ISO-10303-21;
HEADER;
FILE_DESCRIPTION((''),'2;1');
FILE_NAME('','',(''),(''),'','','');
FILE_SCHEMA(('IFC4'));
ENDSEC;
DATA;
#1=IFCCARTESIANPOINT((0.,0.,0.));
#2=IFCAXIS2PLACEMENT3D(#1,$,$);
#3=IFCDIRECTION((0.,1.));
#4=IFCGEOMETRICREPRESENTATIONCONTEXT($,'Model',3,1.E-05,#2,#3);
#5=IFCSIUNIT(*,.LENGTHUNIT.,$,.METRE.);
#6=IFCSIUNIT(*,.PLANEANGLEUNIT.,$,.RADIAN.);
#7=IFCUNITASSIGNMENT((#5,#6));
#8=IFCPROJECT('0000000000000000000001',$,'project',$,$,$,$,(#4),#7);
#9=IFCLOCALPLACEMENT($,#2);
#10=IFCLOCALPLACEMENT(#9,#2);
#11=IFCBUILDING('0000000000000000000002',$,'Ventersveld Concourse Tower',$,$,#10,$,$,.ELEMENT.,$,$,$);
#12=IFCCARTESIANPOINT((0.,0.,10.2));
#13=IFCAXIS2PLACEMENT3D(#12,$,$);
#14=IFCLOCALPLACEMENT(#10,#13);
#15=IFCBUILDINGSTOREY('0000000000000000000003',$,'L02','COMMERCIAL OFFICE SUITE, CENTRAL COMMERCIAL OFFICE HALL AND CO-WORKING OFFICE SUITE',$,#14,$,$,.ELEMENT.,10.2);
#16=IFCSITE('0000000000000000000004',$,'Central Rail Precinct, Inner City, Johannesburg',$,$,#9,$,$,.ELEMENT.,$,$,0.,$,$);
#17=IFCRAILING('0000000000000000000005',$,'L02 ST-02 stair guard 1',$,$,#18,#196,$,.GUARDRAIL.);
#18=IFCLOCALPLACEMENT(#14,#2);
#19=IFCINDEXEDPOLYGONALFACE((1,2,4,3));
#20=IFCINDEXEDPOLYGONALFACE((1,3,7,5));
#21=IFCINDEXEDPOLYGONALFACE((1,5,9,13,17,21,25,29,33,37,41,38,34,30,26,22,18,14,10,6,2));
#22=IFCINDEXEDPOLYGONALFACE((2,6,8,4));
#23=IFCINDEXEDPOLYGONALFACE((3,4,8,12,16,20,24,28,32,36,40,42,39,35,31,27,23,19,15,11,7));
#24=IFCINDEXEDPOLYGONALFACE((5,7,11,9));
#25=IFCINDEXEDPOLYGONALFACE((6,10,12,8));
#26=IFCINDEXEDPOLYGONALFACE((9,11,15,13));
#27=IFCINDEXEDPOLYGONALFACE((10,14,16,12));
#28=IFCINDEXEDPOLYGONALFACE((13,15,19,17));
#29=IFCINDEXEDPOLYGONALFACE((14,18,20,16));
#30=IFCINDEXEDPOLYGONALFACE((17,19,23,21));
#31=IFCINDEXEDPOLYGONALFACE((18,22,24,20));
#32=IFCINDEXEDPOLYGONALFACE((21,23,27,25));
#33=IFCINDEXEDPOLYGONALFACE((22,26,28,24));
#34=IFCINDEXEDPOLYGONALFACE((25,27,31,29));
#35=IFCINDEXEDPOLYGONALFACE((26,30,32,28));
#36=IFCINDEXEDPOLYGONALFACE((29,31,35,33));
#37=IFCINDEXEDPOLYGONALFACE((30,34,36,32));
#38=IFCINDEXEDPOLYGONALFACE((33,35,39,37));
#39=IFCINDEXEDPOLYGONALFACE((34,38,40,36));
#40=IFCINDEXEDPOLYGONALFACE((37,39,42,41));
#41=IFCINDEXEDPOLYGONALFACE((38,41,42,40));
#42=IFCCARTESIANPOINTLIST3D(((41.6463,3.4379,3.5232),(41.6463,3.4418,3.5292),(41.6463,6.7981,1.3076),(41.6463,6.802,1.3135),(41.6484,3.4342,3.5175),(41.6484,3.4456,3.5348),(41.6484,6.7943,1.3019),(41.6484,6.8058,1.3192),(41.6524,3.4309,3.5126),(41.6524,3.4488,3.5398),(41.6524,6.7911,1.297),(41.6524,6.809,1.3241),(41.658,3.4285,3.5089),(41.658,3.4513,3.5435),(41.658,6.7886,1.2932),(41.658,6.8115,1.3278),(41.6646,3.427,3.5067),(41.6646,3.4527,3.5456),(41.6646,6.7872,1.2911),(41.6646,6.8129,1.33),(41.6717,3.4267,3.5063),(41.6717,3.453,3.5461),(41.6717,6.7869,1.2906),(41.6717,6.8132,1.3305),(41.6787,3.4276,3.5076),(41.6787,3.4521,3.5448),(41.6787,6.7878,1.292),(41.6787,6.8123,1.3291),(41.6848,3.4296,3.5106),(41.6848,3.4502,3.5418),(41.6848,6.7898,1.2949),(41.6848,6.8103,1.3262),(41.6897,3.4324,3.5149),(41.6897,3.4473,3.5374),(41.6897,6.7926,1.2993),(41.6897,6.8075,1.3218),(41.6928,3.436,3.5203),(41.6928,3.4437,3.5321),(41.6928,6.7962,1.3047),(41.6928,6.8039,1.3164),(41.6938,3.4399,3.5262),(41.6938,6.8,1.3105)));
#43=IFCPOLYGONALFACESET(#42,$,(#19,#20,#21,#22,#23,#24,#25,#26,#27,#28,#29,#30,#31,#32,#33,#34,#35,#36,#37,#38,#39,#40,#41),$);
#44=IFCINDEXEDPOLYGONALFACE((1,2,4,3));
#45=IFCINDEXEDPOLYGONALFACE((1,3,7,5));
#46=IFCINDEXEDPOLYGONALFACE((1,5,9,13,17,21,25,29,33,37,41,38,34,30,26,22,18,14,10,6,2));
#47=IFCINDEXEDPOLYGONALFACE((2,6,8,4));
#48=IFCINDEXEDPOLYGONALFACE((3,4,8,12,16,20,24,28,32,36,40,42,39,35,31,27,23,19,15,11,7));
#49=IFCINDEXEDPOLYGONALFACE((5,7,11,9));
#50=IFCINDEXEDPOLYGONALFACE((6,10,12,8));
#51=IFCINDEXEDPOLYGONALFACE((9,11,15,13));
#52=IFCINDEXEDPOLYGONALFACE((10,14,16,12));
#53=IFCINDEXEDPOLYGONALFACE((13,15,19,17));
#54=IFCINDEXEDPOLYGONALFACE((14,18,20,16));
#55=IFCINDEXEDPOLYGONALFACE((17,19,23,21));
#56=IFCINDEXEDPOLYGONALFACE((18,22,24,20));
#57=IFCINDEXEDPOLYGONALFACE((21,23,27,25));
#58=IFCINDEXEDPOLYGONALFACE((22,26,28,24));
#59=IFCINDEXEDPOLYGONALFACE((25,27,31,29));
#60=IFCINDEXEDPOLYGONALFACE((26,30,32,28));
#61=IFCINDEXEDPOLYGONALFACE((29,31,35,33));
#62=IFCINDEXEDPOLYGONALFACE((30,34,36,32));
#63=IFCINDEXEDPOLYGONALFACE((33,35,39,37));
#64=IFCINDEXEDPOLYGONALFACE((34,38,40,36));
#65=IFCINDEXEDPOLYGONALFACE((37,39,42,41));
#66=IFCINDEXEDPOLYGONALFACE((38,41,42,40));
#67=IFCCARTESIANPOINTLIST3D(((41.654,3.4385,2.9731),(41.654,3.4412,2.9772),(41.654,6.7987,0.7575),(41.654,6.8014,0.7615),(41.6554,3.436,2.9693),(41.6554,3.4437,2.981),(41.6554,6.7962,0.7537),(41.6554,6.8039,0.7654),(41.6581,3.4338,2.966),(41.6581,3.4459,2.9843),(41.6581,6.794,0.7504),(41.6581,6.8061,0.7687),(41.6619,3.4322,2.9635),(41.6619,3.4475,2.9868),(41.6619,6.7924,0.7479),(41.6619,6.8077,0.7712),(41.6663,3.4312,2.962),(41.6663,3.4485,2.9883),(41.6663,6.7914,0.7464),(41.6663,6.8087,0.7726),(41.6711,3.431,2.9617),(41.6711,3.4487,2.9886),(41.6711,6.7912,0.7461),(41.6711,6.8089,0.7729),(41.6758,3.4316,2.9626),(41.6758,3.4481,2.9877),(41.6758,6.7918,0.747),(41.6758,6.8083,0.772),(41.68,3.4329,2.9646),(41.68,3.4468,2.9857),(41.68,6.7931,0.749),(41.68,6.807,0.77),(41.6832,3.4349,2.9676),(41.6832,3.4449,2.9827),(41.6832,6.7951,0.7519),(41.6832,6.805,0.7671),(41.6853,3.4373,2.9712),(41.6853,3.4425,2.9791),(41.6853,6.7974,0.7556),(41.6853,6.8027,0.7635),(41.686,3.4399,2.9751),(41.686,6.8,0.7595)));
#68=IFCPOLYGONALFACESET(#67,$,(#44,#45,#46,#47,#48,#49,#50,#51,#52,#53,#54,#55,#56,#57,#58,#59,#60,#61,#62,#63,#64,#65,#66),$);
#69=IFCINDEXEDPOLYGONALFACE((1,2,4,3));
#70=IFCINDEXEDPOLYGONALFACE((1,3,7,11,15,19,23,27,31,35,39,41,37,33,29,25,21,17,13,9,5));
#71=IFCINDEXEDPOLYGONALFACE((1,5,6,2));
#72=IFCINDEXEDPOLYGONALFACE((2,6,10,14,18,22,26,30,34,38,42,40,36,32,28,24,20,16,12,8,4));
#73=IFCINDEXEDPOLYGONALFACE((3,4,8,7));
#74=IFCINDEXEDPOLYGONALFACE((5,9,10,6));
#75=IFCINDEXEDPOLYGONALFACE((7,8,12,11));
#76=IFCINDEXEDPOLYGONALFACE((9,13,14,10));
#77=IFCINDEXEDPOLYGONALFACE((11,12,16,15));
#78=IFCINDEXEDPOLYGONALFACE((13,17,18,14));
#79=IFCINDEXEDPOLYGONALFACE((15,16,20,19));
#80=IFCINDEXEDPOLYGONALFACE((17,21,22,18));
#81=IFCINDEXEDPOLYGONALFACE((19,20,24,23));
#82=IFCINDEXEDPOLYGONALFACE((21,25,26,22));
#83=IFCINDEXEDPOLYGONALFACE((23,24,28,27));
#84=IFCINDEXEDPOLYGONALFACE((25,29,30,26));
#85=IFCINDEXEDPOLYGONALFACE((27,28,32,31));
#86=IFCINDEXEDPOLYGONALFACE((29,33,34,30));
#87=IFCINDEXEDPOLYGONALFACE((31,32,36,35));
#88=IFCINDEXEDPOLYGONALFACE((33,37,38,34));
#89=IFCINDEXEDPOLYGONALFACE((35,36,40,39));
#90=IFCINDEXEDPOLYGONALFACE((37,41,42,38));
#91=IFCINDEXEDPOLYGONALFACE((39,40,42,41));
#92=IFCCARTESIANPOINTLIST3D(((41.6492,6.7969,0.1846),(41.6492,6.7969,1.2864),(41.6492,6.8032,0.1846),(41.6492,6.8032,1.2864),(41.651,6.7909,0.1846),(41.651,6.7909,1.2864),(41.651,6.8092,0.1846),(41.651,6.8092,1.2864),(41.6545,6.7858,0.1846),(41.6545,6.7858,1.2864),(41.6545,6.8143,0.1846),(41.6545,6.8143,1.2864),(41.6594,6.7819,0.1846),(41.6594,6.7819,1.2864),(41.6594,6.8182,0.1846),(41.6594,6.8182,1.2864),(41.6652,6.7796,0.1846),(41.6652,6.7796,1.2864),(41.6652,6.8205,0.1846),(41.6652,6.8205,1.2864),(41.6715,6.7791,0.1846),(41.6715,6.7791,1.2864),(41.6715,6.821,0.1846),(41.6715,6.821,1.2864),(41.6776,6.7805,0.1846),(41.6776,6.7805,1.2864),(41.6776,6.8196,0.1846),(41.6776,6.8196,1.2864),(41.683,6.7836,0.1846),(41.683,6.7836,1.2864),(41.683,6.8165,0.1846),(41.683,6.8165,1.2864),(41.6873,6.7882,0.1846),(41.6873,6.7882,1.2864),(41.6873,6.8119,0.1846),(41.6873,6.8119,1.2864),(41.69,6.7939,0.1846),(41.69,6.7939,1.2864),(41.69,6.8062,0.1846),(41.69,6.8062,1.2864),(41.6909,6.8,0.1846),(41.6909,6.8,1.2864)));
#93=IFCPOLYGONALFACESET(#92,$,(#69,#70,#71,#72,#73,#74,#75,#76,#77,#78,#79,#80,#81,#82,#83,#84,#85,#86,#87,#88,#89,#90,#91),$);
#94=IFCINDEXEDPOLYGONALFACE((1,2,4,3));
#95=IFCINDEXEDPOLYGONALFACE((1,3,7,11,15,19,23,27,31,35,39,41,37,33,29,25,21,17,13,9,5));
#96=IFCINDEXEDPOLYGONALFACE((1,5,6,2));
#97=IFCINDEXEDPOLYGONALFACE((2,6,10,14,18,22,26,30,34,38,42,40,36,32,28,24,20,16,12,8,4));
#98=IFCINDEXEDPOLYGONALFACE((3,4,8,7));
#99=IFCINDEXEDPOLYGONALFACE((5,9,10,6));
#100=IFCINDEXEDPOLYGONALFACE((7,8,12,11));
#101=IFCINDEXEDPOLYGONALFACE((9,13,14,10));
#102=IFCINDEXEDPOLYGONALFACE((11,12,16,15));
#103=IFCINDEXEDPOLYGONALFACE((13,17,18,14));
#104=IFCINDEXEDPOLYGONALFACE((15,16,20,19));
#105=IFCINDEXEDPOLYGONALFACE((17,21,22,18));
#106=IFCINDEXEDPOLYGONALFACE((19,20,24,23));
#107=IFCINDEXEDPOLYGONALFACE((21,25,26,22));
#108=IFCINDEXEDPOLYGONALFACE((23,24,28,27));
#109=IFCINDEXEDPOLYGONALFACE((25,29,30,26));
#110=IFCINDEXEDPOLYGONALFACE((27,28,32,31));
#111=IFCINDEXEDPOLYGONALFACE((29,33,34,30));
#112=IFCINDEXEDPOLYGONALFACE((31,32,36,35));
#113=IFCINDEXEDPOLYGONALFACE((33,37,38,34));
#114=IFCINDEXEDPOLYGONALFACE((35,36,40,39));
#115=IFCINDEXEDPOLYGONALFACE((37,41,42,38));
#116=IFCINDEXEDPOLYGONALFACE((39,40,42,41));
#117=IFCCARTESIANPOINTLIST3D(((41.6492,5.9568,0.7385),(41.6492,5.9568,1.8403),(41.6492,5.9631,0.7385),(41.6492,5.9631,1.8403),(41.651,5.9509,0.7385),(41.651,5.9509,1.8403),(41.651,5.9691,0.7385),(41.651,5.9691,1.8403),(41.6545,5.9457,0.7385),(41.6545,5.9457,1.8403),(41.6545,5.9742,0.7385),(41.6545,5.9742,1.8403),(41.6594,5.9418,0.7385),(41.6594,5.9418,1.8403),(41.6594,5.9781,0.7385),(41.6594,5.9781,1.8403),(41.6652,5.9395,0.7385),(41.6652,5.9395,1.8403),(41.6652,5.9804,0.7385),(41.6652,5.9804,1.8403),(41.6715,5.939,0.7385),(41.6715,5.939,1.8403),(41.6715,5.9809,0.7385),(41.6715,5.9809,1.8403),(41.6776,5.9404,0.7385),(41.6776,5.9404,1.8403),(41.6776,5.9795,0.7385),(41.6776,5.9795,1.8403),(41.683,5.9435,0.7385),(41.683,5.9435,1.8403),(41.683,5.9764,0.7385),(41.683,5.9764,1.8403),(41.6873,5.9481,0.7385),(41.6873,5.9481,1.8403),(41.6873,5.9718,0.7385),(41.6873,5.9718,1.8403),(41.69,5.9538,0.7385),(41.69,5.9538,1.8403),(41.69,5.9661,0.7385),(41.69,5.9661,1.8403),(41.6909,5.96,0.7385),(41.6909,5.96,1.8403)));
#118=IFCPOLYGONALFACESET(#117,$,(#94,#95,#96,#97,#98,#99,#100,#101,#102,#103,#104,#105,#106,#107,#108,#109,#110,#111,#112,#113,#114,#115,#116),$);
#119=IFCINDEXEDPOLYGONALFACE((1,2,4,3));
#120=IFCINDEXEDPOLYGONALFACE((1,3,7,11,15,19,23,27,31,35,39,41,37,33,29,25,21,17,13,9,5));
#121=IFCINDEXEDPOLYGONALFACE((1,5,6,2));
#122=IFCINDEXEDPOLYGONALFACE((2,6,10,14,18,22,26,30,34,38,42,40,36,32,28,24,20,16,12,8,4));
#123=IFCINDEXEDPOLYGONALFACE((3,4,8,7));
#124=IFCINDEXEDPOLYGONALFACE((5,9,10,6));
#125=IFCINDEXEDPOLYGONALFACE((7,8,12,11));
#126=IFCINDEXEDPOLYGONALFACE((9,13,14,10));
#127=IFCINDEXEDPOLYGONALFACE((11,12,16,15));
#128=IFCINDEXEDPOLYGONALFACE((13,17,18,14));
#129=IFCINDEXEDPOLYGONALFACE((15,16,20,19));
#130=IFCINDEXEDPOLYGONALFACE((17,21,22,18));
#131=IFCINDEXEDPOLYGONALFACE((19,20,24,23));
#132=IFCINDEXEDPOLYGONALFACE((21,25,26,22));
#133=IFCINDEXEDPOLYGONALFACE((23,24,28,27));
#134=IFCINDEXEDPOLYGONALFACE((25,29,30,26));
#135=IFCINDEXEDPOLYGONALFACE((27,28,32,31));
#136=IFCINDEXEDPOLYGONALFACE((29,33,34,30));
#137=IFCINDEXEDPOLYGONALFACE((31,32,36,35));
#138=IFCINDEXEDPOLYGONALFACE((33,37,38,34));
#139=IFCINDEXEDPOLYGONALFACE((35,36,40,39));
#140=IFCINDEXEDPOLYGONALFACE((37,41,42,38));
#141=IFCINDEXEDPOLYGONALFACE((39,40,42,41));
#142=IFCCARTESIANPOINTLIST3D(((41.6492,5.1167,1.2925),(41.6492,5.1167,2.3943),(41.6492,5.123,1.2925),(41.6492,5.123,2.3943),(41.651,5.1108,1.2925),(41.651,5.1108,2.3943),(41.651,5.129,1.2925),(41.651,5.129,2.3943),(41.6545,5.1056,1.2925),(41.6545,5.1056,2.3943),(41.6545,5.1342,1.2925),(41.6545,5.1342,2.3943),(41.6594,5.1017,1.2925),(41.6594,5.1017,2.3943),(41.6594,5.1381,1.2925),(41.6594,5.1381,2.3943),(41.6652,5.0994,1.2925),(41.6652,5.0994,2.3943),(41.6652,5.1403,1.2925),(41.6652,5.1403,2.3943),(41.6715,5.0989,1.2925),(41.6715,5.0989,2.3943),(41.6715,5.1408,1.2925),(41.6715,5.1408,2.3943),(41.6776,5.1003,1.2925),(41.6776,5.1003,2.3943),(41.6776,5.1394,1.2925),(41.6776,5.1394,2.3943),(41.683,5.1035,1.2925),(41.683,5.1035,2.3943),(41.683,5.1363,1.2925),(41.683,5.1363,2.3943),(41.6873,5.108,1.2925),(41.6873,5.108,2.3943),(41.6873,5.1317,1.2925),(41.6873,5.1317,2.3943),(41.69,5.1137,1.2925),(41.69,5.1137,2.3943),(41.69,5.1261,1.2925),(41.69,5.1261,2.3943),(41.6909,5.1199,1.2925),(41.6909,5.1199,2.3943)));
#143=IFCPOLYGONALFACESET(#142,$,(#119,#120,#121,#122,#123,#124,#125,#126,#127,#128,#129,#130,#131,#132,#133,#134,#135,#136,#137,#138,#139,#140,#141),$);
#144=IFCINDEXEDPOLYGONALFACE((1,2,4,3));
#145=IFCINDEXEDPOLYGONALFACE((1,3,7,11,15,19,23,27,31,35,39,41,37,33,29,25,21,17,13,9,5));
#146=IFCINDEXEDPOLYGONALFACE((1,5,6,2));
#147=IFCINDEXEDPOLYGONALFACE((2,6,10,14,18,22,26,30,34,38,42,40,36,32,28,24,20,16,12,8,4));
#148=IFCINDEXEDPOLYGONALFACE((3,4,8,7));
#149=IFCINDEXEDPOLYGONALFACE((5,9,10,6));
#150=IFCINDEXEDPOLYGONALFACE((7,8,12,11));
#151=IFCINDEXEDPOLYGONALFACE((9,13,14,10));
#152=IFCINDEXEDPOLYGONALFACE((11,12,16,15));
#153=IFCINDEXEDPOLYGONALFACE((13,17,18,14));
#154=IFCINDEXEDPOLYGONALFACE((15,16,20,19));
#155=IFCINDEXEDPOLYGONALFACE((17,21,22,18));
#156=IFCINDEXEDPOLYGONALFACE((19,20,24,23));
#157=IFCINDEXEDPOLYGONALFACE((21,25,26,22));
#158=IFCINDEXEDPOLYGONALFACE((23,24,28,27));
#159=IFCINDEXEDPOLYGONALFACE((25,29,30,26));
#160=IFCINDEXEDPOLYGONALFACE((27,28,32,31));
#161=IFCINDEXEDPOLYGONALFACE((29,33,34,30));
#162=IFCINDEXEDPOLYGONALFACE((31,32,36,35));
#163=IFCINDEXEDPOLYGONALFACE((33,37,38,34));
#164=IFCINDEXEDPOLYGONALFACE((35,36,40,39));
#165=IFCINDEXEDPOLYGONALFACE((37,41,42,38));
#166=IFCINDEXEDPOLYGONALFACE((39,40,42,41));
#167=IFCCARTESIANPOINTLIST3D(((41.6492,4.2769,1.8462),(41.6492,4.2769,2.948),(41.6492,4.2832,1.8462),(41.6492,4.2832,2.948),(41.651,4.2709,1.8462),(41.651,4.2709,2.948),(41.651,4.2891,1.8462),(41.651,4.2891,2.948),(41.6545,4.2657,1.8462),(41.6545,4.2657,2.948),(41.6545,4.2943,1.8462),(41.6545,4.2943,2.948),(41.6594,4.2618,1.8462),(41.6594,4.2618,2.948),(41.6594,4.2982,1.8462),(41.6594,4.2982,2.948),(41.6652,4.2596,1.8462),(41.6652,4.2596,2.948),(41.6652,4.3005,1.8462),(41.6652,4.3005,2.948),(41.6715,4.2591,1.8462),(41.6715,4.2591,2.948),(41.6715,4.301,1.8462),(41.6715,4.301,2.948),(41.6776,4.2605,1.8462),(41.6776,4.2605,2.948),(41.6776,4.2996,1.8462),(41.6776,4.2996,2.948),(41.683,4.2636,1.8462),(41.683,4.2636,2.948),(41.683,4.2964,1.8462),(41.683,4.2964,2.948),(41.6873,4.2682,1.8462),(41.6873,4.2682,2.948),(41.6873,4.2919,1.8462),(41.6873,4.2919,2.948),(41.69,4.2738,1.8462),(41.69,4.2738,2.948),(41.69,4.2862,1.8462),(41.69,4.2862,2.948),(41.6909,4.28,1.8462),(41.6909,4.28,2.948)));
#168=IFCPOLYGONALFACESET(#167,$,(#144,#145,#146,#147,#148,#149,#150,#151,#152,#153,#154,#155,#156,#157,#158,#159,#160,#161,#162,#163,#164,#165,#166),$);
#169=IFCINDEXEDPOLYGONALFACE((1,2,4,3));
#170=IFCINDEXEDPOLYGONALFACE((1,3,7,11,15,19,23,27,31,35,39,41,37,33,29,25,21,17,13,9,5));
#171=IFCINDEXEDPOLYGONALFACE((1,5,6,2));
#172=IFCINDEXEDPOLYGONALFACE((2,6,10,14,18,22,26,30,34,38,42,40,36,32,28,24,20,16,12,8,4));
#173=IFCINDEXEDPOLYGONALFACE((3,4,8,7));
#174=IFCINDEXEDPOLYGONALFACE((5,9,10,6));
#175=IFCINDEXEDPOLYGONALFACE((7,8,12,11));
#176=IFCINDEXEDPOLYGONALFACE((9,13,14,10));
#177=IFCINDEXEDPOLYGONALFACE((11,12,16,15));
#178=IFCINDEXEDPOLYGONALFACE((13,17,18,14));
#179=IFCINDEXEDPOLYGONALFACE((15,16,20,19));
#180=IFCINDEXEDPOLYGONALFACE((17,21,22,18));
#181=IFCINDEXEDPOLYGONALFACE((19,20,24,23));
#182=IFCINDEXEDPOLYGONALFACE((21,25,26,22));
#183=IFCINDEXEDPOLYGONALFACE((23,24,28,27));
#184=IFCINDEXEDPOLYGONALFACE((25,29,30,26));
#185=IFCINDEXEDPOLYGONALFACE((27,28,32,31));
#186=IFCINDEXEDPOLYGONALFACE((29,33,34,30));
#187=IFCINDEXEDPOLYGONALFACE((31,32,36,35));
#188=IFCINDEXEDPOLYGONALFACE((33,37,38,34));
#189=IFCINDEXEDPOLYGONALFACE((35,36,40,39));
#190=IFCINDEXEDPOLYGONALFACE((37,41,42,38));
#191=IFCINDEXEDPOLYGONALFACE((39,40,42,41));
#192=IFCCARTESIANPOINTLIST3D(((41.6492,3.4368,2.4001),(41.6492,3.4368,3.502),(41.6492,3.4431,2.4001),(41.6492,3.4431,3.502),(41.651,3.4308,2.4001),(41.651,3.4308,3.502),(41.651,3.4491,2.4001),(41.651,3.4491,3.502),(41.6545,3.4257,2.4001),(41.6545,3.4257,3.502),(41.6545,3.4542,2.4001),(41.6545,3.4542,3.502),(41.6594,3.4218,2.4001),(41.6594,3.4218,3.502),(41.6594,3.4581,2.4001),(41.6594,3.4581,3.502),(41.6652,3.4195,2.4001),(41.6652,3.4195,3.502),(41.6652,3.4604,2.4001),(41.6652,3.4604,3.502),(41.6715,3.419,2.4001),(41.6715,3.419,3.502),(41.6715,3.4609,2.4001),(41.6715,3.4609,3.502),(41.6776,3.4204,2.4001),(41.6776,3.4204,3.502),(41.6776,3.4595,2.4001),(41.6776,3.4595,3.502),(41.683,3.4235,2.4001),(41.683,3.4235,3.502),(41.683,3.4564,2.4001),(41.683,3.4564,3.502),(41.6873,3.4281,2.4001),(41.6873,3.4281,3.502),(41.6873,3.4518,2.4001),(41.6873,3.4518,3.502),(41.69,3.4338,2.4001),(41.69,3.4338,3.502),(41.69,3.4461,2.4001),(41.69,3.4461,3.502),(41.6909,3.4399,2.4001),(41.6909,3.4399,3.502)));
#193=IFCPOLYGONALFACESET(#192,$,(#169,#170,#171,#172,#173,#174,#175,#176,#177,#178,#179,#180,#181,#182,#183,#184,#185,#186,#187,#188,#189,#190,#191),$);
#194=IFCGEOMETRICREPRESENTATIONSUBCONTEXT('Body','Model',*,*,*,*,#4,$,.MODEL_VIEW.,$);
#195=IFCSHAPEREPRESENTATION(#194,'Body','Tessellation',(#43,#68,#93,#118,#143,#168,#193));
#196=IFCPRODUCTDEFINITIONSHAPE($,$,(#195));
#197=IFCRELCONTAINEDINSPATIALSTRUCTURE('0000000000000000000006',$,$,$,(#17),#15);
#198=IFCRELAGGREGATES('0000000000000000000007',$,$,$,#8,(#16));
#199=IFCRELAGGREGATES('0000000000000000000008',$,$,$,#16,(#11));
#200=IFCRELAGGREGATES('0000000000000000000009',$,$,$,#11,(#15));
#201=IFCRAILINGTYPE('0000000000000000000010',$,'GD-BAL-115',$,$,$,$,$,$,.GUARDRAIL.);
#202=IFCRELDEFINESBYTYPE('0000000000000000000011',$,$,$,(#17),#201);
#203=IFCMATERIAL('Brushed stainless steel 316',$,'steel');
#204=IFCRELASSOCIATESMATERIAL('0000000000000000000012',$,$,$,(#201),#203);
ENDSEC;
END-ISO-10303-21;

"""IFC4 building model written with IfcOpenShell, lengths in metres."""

from ifc_helpers import new_model, si_unit, direction, frame, origin, origin_2d, place, context, subcontext, project, spatial, circle, extrude, material, type_object, element, save


model = new_model("IFC4")

# Units and contexts
model_context = context("Model", 3, precision=1e-05, world=origin(), true_north=direction((0.0, 1.0)))
body_context = subcontext(model_context, "Body", "Model", "MODEL_VIEW")
ifc_project = project(units=[si_unit("LENGTHUNIT", "METRE"), si_unit("PLANEANGLEUNIT", "RADIAN")], contexts=[model_context])

# Site, building, storey
site_placement = place(None, origin())
site = spatial("IfcSite", under=ifc_project, at=site_placement, Name="Central Rail Precinct, Inner City, Johannesburg", CompositionType="ELEMENT", RefElevation=0.0)
building_placement = place(site_placement, origin())
building = spatial("IfcBuilding", under=site, at=building_placement, Name="Ventersveld Concourse Tower", CompositionType="ELEMENT")
storey_placement = place(building_placement, frame((0.0, 0.0, 10.2)))
storey = spatial("IfcBuildingStorey", under=building, at=storey_placement, Name="L02", Description="COMMERCIAL OFFICE SUITE, CENTRAL COMMERCIAL OFFICE HALL AND CO-WORKING OFFICE SUITE", CompositionType="ELEMENT", Elevation=10.2)

# Shared definitions
ifc_material_1 = material(Name="Brushed stainless steel 316", Category="steel")

# Railing
railing_type_1 = type_object("IfcRailingType", Name="GD-BAL-115", PredefinedType="GUARDRAIL", material=ifc_material_1)
railing_1_placement = place(storey_placement, frame((41.6699, 6.8, 0.1846)))
element("IfcRailing", 1, at=railing_1_placement, inside=storey, type_object=railing_type_1, Name="L02 ST-02 stair guard 1", PredefinedType="GUARDRAIL", context=body_context, shape_type="SweptSolid", body=[
    extrude(circle(Radius=0.0239, at=origin_2d()), frame((0.0, 0.0, 1.126), z_axis=(0.0, -0.834849, 0.55048), x_axis=(1.0, 0.0, 0.0)), (0.0, 0.0, 1.0), 4.0249),
    extrude(circle(Radius=0.0161, at=origin_2d()), frame((0.0, 0.0, 0.575), z_axis=(0.0, -0.834849, 0.55048), x_axis=(1.0, 0.0, 0.0)), (0.0, 0.0, 1.0), 4.0249),
    extrude(circle(Radius=0.021, at=origin_2d()), origin(), (0.0, 0.0, 1.0), 1.1018),
    extrude(circle(Radius=0.021, at=origin_2d()), frame((0.0, -0.8401, 0.554)), (0.0, 0.0, 1.0), 1.1018),
    extrude(circle(Radius=0.021, at=origin_2d()), frame((0.0, -1.6802, 1.1079)), (0.0, 0.0, 1.0), 1.1018),
    extrude(circle(Radius=0.021, at=origin_2d()), frame((0.0, -2.52, 1.6616)), (0.0, 0.0, 1.0), 1.1018),
    extrude(circle(Radius=0.021, at=origin_2d()), frame((0.0, -3.3601, 2.2156)), (0.0, 0.0, 1.0), 1.1018),
])

save(model, "model.ifc")
